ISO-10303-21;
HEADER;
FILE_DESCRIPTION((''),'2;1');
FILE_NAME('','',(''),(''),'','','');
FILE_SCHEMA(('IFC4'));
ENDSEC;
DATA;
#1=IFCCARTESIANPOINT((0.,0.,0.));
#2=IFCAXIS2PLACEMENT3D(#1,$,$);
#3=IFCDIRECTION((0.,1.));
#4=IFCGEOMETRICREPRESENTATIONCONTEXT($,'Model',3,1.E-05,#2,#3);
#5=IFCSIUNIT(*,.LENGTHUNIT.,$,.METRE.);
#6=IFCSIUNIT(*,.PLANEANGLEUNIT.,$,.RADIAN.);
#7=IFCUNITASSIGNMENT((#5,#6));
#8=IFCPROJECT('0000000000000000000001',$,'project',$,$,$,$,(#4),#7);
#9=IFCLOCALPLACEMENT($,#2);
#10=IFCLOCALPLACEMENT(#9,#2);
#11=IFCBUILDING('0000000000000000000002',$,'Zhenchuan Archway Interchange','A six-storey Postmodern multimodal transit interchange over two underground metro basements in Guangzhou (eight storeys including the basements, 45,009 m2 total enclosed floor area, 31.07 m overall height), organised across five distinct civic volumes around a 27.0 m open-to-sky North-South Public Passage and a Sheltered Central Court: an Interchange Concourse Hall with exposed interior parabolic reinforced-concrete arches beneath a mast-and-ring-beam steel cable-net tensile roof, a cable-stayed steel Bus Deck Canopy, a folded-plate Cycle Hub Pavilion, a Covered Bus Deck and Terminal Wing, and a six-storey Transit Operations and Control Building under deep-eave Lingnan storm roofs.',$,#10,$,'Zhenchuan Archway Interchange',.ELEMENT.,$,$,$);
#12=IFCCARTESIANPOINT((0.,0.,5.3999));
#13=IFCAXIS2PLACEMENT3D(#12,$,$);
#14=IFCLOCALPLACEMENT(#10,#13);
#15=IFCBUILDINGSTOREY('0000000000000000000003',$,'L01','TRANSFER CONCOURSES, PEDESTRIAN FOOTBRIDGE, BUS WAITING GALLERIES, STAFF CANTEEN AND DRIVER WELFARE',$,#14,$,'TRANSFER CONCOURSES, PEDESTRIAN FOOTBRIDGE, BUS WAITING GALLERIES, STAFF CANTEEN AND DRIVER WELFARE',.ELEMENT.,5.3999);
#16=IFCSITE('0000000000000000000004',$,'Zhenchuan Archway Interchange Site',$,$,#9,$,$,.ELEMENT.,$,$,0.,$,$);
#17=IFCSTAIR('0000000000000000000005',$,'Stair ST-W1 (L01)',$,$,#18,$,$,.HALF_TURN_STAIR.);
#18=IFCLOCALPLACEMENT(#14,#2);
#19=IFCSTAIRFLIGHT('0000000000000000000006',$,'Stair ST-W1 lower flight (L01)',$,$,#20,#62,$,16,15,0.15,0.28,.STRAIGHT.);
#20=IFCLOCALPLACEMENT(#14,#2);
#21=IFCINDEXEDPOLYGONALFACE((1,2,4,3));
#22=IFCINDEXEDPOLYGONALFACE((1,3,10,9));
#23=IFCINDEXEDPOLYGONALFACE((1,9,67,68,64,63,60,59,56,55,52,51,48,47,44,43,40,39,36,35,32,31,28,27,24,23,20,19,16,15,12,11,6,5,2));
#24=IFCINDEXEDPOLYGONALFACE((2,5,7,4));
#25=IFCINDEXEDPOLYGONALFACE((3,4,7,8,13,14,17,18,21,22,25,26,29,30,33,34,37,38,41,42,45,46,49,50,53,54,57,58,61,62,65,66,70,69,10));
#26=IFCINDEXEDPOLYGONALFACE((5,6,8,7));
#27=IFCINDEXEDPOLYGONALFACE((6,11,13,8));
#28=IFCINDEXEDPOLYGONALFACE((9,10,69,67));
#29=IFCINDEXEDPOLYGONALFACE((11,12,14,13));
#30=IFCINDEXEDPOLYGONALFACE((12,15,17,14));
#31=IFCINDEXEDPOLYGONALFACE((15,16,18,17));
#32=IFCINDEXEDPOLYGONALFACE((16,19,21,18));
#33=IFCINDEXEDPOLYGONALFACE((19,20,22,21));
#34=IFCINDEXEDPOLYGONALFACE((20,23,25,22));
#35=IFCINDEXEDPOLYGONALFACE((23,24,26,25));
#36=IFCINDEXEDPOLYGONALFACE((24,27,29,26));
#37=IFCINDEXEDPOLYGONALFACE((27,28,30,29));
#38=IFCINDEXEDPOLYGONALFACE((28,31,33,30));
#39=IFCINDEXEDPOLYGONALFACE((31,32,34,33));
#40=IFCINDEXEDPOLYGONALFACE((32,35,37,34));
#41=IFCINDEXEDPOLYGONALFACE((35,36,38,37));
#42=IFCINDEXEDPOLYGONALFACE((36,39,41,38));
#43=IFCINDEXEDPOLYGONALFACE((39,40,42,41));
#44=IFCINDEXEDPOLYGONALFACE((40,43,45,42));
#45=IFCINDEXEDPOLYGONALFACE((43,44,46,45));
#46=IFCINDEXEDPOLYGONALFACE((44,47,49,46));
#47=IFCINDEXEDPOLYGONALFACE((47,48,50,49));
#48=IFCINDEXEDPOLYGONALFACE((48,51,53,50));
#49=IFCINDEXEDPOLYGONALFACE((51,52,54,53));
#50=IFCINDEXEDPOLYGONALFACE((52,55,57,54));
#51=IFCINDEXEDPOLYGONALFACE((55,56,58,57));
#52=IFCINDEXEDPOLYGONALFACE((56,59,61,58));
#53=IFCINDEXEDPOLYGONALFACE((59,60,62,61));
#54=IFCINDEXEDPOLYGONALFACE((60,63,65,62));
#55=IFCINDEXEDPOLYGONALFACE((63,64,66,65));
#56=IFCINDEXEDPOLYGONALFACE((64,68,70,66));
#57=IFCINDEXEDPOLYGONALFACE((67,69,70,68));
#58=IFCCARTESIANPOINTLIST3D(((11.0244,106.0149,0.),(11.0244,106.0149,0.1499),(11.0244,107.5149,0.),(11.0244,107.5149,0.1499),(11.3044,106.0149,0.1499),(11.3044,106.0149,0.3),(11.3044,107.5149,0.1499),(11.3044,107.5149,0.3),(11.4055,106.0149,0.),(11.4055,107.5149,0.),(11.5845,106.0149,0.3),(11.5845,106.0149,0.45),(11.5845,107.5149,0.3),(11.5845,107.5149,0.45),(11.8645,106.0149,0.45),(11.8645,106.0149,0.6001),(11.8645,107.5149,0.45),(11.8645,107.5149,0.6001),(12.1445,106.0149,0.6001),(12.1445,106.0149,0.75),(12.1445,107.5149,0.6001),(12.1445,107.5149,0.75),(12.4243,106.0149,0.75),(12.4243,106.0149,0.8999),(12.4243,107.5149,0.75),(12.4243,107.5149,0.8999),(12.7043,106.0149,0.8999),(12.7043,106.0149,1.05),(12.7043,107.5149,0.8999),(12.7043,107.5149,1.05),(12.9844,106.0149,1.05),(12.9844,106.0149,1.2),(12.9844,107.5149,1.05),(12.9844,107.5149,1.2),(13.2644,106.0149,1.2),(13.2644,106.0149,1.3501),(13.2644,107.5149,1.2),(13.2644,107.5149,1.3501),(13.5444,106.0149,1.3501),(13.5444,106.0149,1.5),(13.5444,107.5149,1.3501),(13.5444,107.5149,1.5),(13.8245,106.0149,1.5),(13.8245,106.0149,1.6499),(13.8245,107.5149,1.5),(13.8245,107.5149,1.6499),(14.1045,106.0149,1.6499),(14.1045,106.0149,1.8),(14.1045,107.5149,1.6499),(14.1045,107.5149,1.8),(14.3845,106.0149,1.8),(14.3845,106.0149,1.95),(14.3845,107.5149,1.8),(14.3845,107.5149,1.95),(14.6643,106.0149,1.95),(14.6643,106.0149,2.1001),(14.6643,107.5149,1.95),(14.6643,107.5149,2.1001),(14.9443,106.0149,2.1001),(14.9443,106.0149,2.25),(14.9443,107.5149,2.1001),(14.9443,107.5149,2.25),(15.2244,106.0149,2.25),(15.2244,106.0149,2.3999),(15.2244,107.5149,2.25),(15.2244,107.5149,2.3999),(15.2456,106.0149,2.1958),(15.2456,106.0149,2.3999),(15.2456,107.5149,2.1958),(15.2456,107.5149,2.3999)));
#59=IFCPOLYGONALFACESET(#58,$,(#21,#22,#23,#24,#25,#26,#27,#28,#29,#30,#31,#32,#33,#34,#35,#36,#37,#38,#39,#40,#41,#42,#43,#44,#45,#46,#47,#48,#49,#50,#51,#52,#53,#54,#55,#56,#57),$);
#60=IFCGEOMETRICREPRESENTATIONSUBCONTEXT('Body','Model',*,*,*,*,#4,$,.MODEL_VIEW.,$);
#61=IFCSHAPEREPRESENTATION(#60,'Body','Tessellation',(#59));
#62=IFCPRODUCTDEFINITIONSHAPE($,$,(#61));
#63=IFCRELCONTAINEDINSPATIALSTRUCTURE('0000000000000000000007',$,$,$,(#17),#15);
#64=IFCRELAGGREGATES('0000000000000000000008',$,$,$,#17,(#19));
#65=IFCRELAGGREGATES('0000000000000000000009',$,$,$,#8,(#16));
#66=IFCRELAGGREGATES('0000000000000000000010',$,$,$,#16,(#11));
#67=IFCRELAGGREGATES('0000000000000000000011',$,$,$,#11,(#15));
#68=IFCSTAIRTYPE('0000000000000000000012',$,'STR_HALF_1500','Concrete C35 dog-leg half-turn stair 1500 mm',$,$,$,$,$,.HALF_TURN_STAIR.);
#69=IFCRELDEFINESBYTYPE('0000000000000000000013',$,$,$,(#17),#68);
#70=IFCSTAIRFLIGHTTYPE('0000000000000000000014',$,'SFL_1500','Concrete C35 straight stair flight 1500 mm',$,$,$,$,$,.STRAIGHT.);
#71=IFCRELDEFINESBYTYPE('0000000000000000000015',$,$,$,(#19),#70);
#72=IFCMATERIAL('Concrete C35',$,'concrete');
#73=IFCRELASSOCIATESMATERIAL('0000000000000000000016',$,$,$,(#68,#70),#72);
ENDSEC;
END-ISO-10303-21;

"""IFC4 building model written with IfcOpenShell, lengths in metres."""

from ifc_helpers import new_model, si_unit, direction, frame, origin, place, context, subcontext, project, spatial, polyline, outline, extrude, material, type_object, element, aggregate, save


model = new_model("IFC4")

# Units and contexts
model_context = context("Model", 3, precision=1e-05, world=origin(), true_north=direction((0.0, 1.0)))
body_context = subcontext(model_context, "Body", "Model", "MODEL_VIEW")
ifc_project = project(units=[si_unit("LENGTHUNIT", "METRE"), si_unit("PLANEANGLEUNIT", "RADIAN")], contexts=[model_context])

# Site, building, storey
site_placement = place(None, origin())
site = spatial("IfcSite", under=ifc_project, at=site_placement, Name="Zhenchuan Archway Interchange Site", CompositionType="ELEMENT", RefElevation=0.0)
building_placement = place(site_placement, origin())
building = spatial("IfcBuilding", under=site, at=building_placement, Name="Zhenchuan Archway Interchange", Description="A six-storey Postmodern multimodal transit interchange over two underground metro basements in Guangzhou (eight storeys including the basements, 45,009 m2 total enclosed floor area, 31.07 m overall height), organised across five distinct civic volumes around a 27.0 m open-to-sky North-South Public Passage and a Sheltered Central Court: an Interchange Concourse Hall with exposed interior parabolic reinforced-concrete arches beneath a mast-and-ring-beam steel cable-net tensile roof, a cable-stayed steel Bus Deck Canopy, a folded-plate Cycle Hub Pavilion, a Covered Bus Deck and Terminal Wing, and a six-storey Transit Operations and Control Building under deep-eave Lingnan storm roofs.", LongName="Zhenchuan Archway Interchange", CompositionType="ELEMENT")
storey_placement = place(building_placement, frame((0.0, 0.0, 5.3999)))
storey = spatial("IfcBuildingStorey", under=building, at=storey_placement, Name="L01", Description="TRANSFER CONCOURSES, PEDESTRIAN FOOTBRIDGE, BUS WAITING GALLERIES, STAFF CANTEEN AND DRIVER WELFARE", LongName="TRANSFER CONCOURSES, PEDESTRIAN FOOTBRIDGE, BUS WAITING GALLERIES, STAFF CANTEEN AND DRIVER WELFARE", CompositionType="ELEMENT", Elevation=5.3999)

# Stair, stair flight
ifc_material_1 = material(Name="Concrete C35", Category="concrete")
stair_type = type_object("IfcStairType", Name="STR_HALF_1500", Description="Concrete C35 dog-leg half-turn stair 1500 mm", PredefinedType="HALF_TURN_STAIR", material=ifc_material_1)
stair_placement = place(storey_placement, origin())
stair = element("IfcStair", 1, at=stair_placement, inside=storey, type_object=stair_type, Name="Stair ST-W1 (L01)", PredefinedType="HALF_TURN_STAIR")
stair_flight_type = type_object("IfcStairFlightType", Name="SFL_1500", Description="Concrete C35 straight stair flight 1500 mm", PredefinedType="STRAIGHT", material=ifc_material_1)
stair_flight_placement = place(storey_placement, frame((11.0244, 106.7649, 0.0), z_axis=(0.0, 0.0, 1.0), x_axis=(1.0, 0.0, 0.0)))
stair_flight = element("IfcStairFlight", 2, at=stair_flight_placement, type_object=stair_flight_type, Name="Stair ST-W1 lower flight (L01)", NumberOfRisers=16, NumberOfTreads=15, PredefinedType="STRAIGHT", RiserHeight=0.15, TreadLength=0.28, context=body_context, shape_type="SweptSolid", body=[
    extrude(outline(polyline([(0.0, 0.0), (0.0, 0.1499), (0.28, 0.1499), (0.28, 0.3), (0.5601, 0.3), (0.5601, 0.45), (0.8401, 0.45), (0.8401, 0.6001), (1.1201, 0.6001), (1.1201, 0.75), (1.3999, 0.75), (1.3999, 0.8999), (1.6799, 0.8999), (1.6799, 1.05), (1.96, 1.05), (1.96, 1.2), (2.24, 1.2), (2.24, 1.3501), (2.52, 1.3501), (2.52, 1.5), (2.8, 1.5), (2.8, 1.6499), (3.0801, 1.6499), (3.0801, 1.8), (3.3601, 1.8), (3.3601, 1.95), (3.6399, 1.95), (3.6399, 2.1001), (3.9199, 2.1001), (3.9199, 2.25), (4.2, 2.25), (4.2, 2.3999), (4.2212, 2.3999), (4.2212, 2.1958), (0.3811, 0.0), (0.0, 0.0)])), frame((0.0, 0.75, 0.0), z_axis=(0.0, -1.0, 0.0), x_axis=(1.0, 0.0, 0.0)), (0.0, 0.0, 1.0), 1.5),
])
aggregate(stair, [stair_flight])

save(model, "model.ifc")
